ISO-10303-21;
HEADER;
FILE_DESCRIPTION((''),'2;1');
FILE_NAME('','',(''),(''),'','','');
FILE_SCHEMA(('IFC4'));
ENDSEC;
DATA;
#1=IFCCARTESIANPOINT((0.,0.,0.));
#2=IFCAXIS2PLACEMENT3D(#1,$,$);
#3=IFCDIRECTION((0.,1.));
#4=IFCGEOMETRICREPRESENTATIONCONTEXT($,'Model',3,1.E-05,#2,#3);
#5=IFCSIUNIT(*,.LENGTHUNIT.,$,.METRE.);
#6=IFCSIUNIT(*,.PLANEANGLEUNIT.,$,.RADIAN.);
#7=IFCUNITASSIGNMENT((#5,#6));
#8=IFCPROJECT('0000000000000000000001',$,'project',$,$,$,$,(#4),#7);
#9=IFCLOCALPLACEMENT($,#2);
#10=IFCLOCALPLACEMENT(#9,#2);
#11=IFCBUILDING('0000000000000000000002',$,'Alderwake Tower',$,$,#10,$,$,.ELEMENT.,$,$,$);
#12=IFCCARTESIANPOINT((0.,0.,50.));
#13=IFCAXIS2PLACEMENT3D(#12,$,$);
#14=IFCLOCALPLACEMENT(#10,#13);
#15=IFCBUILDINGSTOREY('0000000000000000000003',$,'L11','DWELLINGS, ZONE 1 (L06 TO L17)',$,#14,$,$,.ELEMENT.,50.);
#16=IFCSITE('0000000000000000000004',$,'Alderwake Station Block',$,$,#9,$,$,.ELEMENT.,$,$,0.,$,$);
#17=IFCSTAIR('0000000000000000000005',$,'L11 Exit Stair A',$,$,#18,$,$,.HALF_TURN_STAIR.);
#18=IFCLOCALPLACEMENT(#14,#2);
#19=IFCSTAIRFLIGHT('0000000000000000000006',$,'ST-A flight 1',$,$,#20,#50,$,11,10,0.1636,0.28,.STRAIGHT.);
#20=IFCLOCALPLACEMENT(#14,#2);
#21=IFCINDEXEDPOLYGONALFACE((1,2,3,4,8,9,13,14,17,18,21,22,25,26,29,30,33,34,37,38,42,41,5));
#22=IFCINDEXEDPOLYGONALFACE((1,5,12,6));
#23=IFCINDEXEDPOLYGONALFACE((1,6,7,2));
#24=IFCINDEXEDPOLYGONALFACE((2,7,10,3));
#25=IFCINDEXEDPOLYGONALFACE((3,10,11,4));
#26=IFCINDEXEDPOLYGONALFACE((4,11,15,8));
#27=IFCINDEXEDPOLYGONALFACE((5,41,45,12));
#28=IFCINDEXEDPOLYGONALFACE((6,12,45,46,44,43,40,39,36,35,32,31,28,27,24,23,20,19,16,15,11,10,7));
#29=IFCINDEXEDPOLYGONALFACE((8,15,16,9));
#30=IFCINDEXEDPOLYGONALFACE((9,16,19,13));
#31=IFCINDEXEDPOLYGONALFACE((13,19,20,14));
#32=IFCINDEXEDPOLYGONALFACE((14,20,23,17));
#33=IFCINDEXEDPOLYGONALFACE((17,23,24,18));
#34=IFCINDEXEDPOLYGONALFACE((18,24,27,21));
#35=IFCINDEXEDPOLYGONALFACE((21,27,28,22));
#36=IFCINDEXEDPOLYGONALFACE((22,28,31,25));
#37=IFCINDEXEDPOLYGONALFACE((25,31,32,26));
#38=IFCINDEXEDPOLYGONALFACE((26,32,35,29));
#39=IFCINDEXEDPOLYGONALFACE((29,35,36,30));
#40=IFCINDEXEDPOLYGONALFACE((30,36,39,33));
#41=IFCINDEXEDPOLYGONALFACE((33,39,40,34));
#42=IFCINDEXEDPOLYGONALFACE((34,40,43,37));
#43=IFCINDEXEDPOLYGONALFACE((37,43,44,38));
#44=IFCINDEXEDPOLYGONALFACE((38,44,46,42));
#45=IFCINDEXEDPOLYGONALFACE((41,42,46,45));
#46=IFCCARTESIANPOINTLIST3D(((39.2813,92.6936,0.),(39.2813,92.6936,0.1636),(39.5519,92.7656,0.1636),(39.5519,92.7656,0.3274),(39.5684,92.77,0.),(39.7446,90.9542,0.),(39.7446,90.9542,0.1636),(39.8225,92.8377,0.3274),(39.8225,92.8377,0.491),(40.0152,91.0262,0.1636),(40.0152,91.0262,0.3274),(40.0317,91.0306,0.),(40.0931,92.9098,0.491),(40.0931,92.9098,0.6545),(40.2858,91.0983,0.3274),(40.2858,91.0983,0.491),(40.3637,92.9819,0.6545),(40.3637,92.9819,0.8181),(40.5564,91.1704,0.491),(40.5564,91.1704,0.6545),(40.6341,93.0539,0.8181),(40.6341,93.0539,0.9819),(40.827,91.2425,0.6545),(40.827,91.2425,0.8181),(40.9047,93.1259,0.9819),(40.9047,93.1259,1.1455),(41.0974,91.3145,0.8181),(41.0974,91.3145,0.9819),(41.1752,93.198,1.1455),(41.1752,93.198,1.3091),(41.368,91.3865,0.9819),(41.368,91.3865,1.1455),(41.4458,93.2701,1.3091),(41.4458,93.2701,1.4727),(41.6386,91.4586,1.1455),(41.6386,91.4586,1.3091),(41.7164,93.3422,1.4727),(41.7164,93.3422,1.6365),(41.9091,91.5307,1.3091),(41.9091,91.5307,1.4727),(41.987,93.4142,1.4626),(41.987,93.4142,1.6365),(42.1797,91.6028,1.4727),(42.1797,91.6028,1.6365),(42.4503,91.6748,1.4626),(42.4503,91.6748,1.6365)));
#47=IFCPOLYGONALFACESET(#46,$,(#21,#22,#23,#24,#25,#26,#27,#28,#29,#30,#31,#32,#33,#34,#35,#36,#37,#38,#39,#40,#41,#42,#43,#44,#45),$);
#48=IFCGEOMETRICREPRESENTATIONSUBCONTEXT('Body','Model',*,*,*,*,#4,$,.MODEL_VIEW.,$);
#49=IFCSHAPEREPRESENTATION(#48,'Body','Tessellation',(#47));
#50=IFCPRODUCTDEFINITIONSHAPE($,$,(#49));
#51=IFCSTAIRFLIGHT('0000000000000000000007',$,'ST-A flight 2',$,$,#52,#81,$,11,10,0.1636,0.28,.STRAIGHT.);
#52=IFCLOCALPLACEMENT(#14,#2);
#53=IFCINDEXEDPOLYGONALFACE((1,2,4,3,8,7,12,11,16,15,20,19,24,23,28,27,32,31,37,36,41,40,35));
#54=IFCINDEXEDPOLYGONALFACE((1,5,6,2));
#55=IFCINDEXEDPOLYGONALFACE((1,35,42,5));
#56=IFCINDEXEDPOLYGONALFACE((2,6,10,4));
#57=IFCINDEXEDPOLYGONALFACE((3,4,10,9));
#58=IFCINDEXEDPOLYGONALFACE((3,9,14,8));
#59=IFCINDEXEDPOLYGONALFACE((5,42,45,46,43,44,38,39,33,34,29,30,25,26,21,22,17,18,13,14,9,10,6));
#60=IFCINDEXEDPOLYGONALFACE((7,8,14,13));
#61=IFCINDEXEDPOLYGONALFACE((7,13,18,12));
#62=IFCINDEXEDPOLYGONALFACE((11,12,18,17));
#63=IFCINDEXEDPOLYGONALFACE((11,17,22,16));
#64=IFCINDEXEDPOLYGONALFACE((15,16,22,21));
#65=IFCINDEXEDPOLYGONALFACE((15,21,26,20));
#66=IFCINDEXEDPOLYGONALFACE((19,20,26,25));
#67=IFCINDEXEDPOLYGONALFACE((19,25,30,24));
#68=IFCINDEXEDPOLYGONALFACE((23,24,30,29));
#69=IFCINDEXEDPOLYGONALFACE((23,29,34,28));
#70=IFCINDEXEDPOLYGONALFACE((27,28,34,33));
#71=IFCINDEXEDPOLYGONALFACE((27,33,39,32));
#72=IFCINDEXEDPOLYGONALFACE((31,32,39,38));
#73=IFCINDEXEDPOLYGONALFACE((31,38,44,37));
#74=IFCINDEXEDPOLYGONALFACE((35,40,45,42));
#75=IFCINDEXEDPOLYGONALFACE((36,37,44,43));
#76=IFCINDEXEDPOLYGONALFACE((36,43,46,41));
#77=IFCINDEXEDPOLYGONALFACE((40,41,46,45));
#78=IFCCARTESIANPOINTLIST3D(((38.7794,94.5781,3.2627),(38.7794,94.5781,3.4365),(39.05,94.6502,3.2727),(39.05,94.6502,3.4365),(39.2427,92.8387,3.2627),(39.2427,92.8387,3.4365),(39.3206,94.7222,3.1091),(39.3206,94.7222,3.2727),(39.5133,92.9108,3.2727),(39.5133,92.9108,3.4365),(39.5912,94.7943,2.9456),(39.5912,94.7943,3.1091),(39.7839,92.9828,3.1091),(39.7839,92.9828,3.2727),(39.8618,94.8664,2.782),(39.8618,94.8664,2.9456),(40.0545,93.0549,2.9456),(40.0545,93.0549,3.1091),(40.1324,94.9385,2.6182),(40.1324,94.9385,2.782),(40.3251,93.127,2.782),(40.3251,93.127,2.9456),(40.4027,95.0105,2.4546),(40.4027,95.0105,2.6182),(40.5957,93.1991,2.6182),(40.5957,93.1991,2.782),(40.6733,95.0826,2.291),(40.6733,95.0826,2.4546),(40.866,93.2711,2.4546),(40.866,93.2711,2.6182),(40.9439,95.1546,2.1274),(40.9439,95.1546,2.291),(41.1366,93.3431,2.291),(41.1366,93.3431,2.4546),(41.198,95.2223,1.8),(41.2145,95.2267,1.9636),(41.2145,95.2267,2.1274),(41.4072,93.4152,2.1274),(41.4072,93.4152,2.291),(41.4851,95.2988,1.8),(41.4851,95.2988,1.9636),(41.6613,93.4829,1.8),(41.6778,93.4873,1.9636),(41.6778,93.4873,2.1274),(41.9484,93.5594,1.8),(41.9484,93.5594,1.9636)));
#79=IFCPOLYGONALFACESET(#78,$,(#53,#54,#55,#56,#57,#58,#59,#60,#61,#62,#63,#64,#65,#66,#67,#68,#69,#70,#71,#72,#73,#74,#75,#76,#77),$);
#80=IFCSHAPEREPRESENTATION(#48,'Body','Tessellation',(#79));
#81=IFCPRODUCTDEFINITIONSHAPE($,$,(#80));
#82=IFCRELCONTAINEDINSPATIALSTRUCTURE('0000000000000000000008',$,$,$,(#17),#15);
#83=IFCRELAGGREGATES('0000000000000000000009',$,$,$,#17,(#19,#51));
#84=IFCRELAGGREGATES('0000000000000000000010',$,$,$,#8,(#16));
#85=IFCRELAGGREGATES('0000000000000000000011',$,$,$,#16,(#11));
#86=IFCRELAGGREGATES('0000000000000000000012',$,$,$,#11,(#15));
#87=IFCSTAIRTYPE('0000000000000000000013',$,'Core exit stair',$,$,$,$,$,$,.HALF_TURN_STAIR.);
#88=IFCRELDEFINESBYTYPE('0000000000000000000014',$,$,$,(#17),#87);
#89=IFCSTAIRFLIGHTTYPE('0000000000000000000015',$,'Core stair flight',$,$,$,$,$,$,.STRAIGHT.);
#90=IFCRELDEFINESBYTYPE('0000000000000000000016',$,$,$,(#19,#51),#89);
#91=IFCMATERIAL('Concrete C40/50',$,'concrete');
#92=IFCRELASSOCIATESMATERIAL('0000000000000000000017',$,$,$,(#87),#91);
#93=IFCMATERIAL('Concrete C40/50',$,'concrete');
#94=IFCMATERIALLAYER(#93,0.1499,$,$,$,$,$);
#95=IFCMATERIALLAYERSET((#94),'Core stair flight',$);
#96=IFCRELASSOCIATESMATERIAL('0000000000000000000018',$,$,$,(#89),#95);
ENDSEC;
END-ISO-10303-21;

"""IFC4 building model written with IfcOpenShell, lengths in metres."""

from ifc_helpers import new_model, si_unit, direction, frame, origin, place, context, subcontext, project, spatial, polyline, outline, extrude, material, layer, layer_set, type_object, element, aggregate, save


model = new_model("IFC4")

# Units and contexts
model_context = context("Model", 3, precision=1e-05, world=origin(), true_north=direction((0.0, 1.0)))
body_context = subcontext(model_context, "Body", "Model", "MODEL_VIEW")
ifc_project = project(units=[si_unit("LENGTHUNIT", "METRE"), si_unit("PLANEANGLEUNIT", "RADIAN")], contexts=[model_context])

# Site, building, storey
site_placement = place(None, origin())
site = spatial("IfcSite", under=ifc_project, at=site_placement, Name="Alderwake Station Block", CompositionType="ELEMENT", RefElevation=0.0)
building_placement = place(site_placement, origin())
building = spatial("IfcBuilding", under=site, at=building_placement, Name="Alderwake Tower", CompositionType="ELEMENT")
storey_placement = place(building_placement, frame((0.0, 0.0, 50.0)))
storey = spatial("IfcBuildingStorey", under=building, at=storey_placement, Name="L11", Description="DWELLINGS, ZONE 1 (L06 TO L17)", CompositionType="ELEMENT", Elevation=50.0)

# Stair, stair flights
ifc_material_1 = material(Name="Concrete C40/50", Category="concrete")
stair_type = type_object("IfcStairType", Name="Core exit stair", PredefinedType="HALF_TURN_STAIR", material=ifc_material_1)
stair_placement = place(storey_placement, origin())
stair = element("IfcStair", 1, at=stair_placement, inside=storey, type_object=stair_type, Name="L11 Exit Stair A", PredefinedType="HALF_TURN_STAIR")
ifc_material_2 = material(Name="Concrete C40/50", Category="concrete")
ifc_layer_1 = layer(ifc_material_2, 0.1499)
ifc_layer_set_1 = layer_set([ifc_layer_1], Name="Core stair flight")
stair_flight_type = type_object("IfcStairFlightType", Name="Core stair flight", PredefinedType="STRAIGHT", material=ifc_layer_set_1)
stair_flight_1_placement = place(storey_placement, frame((39.5129, 91.824, 0.0), z_axis=(0.0, 0.0, 1.0), x_axis=(0.96631, 0.257382, 0.0)))
stair_flight_1 = element("IfcStairFlight", 2, at=stair_flight_1_placement, type_object=stair_flight_type, Name="ST-A flight 1", NumberOfRisers=11, NumberOfTreads=10, PredefinedType="STRAIGHT", RiserHeight=0.1636, TreadLength=0.28, context=body_context, shape_type="SweptSolid", body=[
    extrude(outline(polyline([(0.0, 0.0), (0.0, 0.1636), (0.28, 0.1636), (0.28, 0.3274), (0.5601, 0.3274), (0.5601, 0.491), (0.8401, 0.491), (0.8401, 0.6545), (1.1201, 0.6545), (1.1201, 0.8181), (1.3999, 0.8181), (1.3999, 0.9819), (1.6799, 0.9819), (1.6799, 1.1455), (1.96, 1.1455), (1.96, 1.3091), (2.24, 1.3091), (2.24, 1.4727), (2.52, 1.4727), (2.52, 1.6365), (2.8, 1.6365), (2.8, 1.8), (2.8, 1.4626), (0.2971, 0.0), (0.0, 0.0)])), frame((0.0, 0.8999, 0.0), z_axis=(0.0, -1.0, 0.0), x_axis=(1.0, 0.0, 0.0)), (0.0, 0.0, 1.0), 1.8),
])
stair_flight_2_placement = place(storey_placement, frame((41.7168, 94.429, 1.8), z_axis=(0.0, 0.0, 1.0), x_axis=(-0.96631, -0.257382, 0.0)))
stair_flight_2 = element("IfcStairFlight", 3, at=stair_flight_2_placement, type_object=stair_flight_type, Name="ST-A flight 2", NumberOfRisers=11, NumberOfTreads=10, PredefinedType="STRAIGHT", RiserHeight=0.1636, TreadLength=0.28, context=body_context, shape_type="SweptSolid", body=[
    extrude(outline(polyline([(0.0, 0.0), (0.0, 0.1636), (0.28, 0.1636), (0.28, 0.3274), (0.5601, 0.3274), (0.5601, 0.491), (0.8401, 0.491), (0.8401, 0.6545), (1.1201, 0.6545), (1.1201, 0.8181), (1.3999, 0.8181), (1.3999, 0.9819), (1.6799, 0.9819), (1.6799, 1.1455), (1.96, 1.1455), (1.96, 1.3091), (2.24, 1.3091), (2.24, 1.4727), (2.52, 1.4727), (2.52, 1.6365), (2.8, 1.6365), (2.8, 1.8), (2.8, 1.4626), (0.2971, 0.0), (0.0, 0.0)])), frame((0.0, 0.8999, 0.0), z_axis=(0.0, -1.0, 0.0), x_axis=(1.0, 0.0, 0.0)), (0.0, 0.0, 1.0), 1.8),
])
aggregate(stair, [stair_flight_1, stair_flight_2])

save(model, "model.ifc")
